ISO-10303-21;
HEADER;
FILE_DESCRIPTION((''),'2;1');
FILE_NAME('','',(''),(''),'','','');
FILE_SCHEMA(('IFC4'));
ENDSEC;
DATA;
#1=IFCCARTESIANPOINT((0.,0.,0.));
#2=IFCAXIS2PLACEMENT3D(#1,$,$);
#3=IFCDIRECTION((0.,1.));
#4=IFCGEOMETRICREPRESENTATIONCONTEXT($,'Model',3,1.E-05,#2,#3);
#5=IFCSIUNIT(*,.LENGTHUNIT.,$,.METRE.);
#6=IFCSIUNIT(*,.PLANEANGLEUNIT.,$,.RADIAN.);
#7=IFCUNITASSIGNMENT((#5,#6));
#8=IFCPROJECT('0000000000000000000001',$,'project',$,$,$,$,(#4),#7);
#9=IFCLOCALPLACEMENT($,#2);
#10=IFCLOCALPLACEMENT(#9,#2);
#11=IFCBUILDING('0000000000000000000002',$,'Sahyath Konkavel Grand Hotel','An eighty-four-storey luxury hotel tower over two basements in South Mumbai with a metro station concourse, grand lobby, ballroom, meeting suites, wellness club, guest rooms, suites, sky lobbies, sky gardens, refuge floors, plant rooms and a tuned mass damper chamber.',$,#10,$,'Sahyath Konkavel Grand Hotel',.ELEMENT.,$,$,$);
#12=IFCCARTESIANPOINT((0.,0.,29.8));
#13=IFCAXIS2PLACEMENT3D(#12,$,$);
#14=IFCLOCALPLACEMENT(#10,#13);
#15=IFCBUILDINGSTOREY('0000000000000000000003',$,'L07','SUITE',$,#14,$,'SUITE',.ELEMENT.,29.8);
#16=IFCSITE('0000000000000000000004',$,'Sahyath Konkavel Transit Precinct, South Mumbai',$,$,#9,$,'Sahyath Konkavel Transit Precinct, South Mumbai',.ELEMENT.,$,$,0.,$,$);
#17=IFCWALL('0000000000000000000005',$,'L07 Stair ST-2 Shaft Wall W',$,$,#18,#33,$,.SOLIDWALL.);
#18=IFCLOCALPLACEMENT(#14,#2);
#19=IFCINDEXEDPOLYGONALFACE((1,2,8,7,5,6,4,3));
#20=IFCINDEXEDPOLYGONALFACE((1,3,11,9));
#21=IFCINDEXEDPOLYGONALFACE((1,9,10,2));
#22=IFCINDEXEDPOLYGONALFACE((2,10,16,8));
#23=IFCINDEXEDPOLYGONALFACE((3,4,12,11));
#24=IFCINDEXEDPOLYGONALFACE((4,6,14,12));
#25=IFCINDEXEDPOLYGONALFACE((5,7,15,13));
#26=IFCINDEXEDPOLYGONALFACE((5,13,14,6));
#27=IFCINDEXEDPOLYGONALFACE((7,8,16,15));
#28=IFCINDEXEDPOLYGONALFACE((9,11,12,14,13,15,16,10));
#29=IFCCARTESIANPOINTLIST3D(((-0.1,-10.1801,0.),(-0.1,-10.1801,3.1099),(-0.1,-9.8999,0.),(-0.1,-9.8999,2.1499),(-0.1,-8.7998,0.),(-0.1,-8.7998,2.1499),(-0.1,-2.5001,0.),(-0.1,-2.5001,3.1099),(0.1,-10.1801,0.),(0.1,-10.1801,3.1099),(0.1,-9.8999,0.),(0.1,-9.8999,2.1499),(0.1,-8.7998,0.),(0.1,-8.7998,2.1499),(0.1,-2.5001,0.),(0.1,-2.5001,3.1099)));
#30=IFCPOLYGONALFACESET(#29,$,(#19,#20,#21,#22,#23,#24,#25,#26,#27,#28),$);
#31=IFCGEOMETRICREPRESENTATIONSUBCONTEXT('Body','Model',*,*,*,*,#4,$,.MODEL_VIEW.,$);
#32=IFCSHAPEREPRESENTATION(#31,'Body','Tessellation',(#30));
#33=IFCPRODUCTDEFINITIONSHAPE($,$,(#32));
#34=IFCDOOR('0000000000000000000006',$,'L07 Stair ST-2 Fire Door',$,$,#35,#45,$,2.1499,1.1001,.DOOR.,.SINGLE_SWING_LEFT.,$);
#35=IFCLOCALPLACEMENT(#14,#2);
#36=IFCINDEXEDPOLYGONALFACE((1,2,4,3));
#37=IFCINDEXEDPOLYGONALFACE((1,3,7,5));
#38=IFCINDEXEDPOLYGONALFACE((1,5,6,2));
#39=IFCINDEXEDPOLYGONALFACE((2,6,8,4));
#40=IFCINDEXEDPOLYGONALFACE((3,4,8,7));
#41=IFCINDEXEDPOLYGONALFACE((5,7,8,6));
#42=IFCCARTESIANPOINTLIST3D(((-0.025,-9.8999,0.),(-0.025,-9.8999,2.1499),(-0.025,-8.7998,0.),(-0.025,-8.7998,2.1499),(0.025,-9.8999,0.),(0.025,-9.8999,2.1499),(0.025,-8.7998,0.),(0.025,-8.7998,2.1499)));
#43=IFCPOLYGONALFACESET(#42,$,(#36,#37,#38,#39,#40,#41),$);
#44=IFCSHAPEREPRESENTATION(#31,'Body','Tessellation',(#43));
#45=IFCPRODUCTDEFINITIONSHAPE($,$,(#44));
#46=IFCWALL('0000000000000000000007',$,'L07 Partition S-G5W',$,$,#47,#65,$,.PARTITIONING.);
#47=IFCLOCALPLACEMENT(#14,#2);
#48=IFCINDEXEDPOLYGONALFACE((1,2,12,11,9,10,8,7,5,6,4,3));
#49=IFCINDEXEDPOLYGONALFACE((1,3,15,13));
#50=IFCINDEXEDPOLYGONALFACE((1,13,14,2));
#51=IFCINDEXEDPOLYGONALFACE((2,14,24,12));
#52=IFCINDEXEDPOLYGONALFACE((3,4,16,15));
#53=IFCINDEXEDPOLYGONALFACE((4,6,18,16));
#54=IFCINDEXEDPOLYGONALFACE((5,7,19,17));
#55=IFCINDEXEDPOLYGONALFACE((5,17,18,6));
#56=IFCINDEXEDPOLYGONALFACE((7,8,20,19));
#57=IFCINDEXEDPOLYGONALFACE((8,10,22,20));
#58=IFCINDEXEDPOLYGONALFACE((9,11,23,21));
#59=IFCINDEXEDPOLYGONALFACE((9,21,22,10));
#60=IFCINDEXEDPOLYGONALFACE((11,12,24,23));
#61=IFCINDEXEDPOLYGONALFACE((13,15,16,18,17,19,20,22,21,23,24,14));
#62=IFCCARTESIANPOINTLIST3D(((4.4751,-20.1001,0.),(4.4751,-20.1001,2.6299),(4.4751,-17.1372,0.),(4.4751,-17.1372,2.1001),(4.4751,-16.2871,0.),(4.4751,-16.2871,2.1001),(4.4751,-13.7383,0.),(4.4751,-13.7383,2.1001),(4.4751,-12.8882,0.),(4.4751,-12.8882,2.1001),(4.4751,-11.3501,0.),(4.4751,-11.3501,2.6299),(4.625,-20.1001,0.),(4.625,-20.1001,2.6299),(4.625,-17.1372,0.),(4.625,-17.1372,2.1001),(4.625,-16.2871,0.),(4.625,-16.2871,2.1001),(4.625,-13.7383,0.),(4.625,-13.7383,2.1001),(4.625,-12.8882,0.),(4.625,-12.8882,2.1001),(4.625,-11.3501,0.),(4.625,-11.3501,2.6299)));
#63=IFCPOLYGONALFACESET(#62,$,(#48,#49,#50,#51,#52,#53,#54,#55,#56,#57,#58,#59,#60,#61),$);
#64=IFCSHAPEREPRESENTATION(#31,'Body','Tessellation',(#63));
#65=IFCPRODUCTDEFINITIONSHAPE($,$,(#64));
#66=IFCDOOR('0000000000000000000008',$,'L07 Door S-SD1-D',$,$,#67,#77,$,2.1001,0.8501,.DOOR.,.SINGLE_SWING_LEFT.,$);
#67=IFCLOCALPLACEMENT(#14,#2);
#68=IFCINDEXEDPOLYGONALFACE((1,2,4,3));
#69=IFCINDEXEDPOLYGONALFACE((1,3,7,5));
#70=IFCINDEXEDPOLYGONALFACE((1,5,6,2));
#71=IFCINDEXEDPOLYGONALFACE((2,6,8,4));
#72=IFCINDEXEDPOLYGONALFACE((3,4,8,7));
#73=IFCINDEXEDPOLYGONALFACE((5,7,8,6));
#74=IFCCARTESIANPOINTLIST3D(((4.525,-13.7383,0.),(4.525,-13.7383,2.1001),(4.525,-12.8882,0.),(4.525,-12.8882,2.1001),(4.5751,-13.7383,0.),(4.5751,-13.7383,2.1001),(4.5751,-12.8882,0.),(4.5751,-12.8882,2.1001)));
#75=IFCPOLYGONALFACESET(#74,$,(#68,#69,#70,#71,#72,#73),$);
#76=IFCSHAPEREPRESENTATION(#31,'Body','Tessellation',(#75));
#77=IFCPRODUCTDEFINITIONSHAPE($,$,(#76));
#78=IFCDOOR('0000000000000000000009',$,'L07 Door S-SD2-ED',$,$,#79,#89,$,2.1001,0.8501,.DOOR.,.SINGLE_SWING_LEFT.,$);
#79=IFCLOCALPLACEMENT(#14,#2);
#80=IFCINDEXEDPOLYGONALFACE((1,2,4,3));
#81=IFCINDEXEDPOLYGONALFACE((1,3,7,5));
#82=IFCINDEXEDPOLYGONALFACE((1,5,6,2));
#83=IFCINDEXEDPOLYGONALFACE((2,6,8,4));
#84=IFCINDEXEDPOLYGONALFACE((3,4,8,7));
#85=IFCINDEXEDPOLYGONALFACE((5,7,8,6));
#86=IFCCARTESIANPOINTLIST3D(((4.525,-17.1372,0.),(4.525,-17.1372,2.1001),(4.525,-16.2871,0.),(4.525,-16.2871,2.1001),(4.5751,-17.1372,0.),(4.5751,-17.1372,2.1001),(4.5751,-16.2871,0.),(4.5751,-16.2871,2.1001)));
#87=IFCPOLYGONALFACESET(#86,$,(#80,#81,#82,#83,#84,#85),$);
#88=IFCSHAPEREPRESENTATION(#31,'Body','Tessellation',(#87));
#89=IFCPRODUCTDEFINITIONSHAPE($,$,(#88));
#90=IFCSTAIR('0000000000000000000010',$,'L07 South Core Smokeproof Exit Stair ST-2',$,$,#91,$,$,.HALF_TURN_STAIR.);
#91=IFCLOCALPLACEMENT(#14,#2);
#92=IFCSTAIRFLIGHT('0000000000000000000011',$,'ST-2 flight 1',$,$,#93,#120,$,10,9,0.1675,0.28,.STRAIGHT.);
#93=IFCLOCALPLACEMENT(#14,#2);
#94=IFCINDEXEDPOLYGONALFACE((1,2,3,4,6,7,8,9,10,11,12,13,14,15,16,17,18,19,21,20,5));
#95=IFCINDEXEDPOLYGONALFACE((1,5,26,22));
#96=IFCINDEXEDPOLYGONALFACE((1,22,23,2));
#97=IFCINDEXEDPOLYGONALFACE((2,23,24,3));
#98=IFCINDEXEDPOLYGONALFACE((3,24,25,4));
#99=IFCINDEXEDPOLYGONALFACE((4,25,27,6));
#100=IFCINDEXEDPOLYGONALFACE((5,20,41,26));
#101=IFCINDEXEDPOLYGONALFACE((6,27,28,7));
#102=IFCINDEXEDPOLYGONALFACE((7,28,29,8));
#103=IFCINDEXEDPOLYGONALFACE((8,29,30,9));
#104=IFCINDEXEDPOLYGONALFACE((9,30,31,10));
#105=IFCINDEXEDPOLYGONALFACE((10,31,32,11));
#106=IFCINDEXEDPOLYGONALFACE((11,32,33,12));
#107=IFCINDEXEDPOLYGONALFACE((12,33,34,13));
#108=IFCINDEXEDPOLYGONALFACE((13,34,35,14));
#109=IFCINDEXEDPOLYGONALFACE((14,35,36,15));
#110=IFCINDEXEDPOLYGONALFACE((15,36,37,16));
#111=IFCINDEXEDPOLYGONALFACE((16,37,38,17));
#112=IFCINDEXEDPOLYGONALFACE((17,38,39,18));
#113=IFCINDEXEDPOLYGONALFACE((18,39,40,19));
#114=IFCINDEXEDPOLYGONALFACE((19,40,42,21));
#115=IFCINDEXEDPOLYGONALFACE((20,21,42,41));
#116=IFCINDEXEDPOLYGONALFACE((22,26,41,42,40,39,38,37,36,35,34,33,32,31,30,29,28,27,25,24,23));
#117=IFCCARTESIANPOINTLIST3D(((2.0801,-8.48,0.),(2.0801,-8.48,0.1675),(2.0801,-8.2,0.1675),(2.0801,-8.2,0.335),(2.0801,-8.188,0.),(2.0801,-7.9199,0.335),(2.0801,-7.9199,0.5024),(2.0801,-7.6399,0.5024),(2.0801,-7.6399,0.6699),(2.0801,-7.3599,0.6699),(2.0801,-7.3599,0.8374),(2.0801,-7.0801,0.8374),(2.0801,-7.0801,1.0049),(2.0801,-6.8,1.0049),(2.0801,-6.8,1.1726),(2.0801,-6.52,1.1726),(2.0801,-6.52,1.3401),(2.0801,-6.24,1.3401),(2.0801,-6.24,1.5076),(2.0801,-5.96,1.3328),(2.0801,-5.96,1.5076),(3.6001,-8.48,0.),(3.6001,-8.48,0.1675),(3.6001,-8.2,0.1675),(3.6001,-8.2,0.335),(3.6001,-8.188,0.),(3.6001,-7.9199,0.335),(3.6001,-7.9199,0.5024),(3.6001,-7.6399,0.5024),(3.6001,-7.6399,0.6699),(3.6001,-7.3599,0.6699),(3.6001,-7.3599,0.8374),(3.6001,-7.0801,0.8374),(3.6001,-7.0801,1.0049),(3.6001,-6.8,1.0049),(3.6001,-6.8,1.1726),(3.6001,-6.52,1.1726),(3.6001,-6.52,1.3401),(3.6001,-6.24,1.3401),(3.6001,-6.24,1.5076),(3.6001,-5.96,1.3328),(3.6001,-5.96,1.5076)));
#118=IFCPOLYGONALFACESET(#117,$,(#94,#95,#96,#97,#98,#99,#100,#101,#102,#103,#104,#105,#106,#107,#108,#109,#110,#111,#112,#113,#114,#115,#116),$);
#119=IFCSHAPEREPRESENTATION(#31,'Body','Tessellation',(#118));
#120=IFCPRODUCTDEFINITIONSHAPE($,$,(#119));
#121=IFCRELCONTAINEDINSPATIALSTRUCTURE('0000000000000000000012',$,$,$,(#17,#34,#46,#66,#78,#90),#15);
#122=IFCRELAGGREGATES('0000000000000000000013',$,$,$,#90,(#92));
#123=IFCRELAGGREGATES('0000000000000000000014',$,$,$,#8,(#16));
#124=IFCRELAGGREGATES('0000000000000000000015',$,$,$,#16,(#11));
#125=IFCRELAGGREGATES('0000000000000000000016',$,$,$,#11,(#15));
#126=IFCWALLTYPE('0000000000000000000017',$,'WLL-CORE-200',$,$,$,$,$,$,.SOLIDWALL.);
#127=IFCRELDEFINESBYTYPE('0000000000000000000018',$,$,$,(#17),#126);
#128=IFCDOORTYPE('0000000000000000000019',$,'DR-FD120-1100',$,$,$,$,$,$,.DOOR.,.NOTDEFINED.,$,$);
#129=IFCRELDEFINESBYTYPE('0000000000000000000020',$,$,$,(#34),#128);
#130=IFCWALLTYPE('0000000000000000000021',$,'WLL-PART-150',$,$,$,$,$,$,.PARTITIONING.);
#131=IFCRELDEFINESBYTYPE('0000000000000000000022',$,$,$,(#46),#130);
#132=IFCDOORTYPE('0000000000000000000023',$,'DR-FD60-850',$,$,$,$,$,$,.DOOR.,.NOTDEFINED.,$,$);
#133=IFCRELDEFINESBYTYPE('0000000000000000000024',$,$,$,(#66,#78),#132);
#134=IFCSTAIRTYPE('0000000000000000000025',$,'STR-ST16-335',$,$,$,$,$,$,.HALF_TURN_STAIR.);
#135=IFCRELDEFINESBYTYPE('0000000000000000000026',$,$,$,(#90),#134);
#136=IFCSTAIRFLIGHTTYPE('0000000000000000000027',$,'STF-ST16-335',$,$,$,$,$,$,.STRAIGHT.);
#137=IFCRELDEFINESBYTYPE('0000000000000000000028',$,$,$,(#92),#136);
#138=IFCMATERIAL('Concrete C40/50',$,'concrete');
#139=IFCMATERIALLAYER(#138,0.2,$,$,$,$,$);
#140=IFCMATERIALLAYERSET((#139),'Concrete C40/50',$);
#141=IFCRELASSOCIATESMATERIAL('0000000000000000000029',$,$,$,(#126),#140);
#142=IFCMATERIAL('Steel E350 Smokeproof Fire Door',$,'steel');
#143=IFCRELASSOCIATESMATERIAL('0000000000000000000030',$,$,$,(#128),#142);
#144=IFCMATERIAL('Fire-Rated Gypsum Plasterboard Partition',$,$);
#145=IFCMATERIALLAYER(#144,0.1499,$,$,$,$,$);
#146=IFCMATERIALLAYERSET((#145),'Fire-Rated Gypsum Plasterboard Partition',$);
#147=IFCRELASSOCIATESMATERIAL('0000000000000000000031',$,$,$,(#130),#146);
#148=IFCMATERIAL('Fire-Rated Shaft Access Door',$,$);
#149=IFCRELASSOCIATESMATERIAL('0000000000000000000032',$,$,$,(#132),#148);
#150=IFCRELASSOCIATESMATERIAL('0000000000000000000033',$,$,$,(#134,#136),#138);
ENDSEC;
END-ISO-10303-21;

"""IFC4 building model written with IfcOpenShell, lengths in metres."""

from ifc_helpers import new_model, si_unit, direction, frame, frame_2d, origin, origin_2d, place, context, subcontext, project, spatial, polyline, rectangle, outline, extrude, source, transform, mapped, material, layer, layer_set, type_object, element, fill, aggregate, save


model = new_model("IFC4")

# Units and contexts
model_context = context("Model", 3, precision=1e-05, world=origin(), true_north=direction((0.0, 1.0)))
body_context = subcontext(model_context, "Body", "Model", "MODEL_VIEW")
ifc_project = project(units=[si_unit("LENGTHUNIT", "METRE"), si_unit("PLANEANGLEUNIT", "RADIAN")], contexts=[model_context])

# Site, building, storey
site_placement = place(None, origin())
site = spatial("IfcSite", under=ifc_project, at=site_placement, Name="Sahyath Konkavel Transit Precinct, South Mumbai", LongName="Sahyath Konkavel Transit Precinct, South Mumbai", CompositionType="ELEMENT", RefElevation=0.0)
building_placement = place(site_placement, origin())
building = spatial("IfcBuilding", under=site, at=building_placement, Name="Sahyath Konkavel Grand Hotel", Description="An eighty-four-storey luxury hotel tower over two basements in South Mumbai with a metro station concourse, grand lobby, ballroom, meeting suites, wellness club, guest rooms, suites, sky lobbies, sky gardens, refuge floors, plant rooms and a tuned mass damper chamber.", LongName="Sahyath Konkavel Grand Hotel", CompositionType="ELEMENT")
storey_placement = place(building_placement, frame((0.0, 0.0, 29.8)))
storey = spatial("IfcBuildingStorey", under=building, at=storey_placement, Name="L07", Description="SUITE", LongName="SUITE", CompositionType="ELEMENT", Elevation=29.8)

# Wall, opening, door
ifc_material_1 = material(Name="Concrete C40/50", Category="concrete")
ifc_layer_1 = layer(ifc_material_1, 0.2)
ifc_layer_set_1 = layer_set([ifc_layer_1], Name="Concrete C40/50")
wall_type_1 = type_object("IfcWallType", Name="WLL-CORE-200", PredefinedType="SOLIDWALL", material=ifc_layer_set_1)
wall_1_placement = place(storey_placement, frame((0.0, -10.1799, 0.0), z_axis=(0.0, 0.0, 1.0), x_axis=(0.0, 1.0, 0.0)))
wall_1 = element("IfcWall", 1, at=wall_1_placement, inside=storey, type_object=wall_type_1, Name="L07 Stair ST-2 Shaft Wall W", PredefinedType="SOLIDWALL", context=body_context, shape_type="SweptSolid", body=[
    extrude(rectangle(XDim=7.6799, YDim=0.2, at=frame_2d((3.8398, 0.0))), origin(), (0.0, 0.0, 1.0), 3.1099),
])
opening_1_placement = place(wall_1_placement, frame((0.28, 0.0, 0.0)))
opening_1 = element("IfcOpeningElement", 2, at=opening_1_placement, cuts=wall_1, PredefinedType="OPENING", context=body_context, shape_type="SweptSolid", body=[
    extrude(rectangle(XDim=1.1001, YDim=2.1499, at=frame_2d((0.55, 1.075))), frame((0.0, 0.1099, 0.0), z_axis=(0.0, -1.0, 0.0), x_axis=(1.0, 0.0, 0.0)), (0.0, 0.0, 1.0), 0.22),
])
ifc_material_2 = material(Name="Steel E350 Smokeproof Fire Door", Category="steel")
door_type_1 = type_object("IfcDoorType", Name="DR-FD120-1100", OperationType="NOTDEFINED", PredefinedType="DOOR", material=ifc_material_2)
shared_shape_1 = source(origin(), body_context, "Body", "SweptSolid", [
    extrude(rectangle(XDim=1.1001, YDim=0.05, at=origin_2d()), origin(), (0.0, 0.0, 1.0), 2.1499),
])
door_1_placement = place(opening_1_placement, frame((0.55, 0.0, 0.0)))
door_1 = element("IfcDoor", 3, at=door_1_placement, inside=storey, type_object=door_type_1, Name="L07 Stair ST-2 Fire Door", OperationType="SINGLE_SWING_LEFT", OverallHeight=2.1499, OverallWidth=1.1001, PredefinedType="DOOR", context=body_context, shape_type="MappedRepresentation", body=[
    mapped(shared_shape_1, transform((0.0, 0.0, 0.0), scale=1.0)),
])
fill(opening_1, door_1)

# Wall, openings, doors
ifc_material_3 = material(Name="Fire-Rated Gypsum Plasterboard Partition")
ifc_layer_2 = layer(ifc_material_3, 0.1499)
ifc_layer_set_2 = layer_set([ifc_layer_2], Name="Fire-Rated Gypsum Plasterboard Partition")
wall_type_2 = type_object("IfcWallType", Name="WLL-PART-150", PredefinedType="PARTITIONING", material=ifc_layer_set_2)
wall_2_placement = place(storey_placement, frame((4.55, -11.3501, 0.0), z_axis=(0.0, 0.0, 1.0), x_axis=(0.0, -1.0, 0.0)))
wall_2 = element("IfcWall", 4, at=wall_2_placement, inside=storey, type_object=wall_type_2, Name="L07 Partition S-G5W", PredefinedType="PARTITIONING", context=body_context, shape_type="SweptSolid", body=[
    extrude(rectangle(XDim=8.75, YDim=0.1499, at=frame_2d((4.375, 0.0))), origin(), (0.0, 0.0, 1.0), 2.6299),
])
opening_2_placement = place(wall_2_placement, frame((1.5381, 0.0, 0.0)))
opening_2 = element("IfcOpeningElement", 5, at=opening_2_placement, cuts=wall_2, PredefinedType="OPENING", context=body_context, shape_type="SweptSolid", body=[
    extrude(rectangle(XDim=0.8501, YDim=2.1001, at=frame_2d((0.425, 1.05))), frame((0.0, 0.085, 0.0), z_axis=(0.0, -1.0, 0.0), x_axis=(1.0, 0.0, 0.0)), (0.0, 0.0, 1.0), 0.1699),
])
opening_3_placement = place(wall_2_placement, frame((4.937, 0.0, 0.0)))
opening_3 = element("IfcOpeningElement", 6, at=opening_3_placement, cuts=wall_2, PredefinedType="OPENING", context=body_context, shape_type="SweptSolid", body=[
    extrude(rectangle(XDim=0.8501, YDim=2.1001, at=frame_2d((0.425, 1.05))), frame((0.0, 0.085, 0.0), z_axis=(0.0, -1.0, 0.0), x_axis=(1.0, 0.0, 0.0)), (0.0, 0.0, 1.0), 0.1699),
])
ifc_material_4 = material(Name="Fire-Rated Shaft Access Door")
door_type_2 = type_object("IfcDoorType", Name="DR-FD60-850", OperationType="NOTDEFINED", PredefinedType="DOOR", material=ifc_material_4)
shared_shape_2 = source(origin(), body_context, "Body", "SweptSolid", [
    extrude(rectangle(XDim=0.8501, YDim=0.05, at=origin_2d()), origin(), (0.0, 0.0, 1.0), 2.1001),
])
door_2_placement = place(opening_2_placement, frame((0.425, 0.0, 0.0)))
door_2 = element("IfcDoor", 7, at=door_2_placement, inside=storey, type_object=door_type_2, Name="L07 Door S-SD1-D", OperationType="SINGLE_SWING_LEFT", OverallHeight=2.1001, OverallWidth=0.8501, PredefinedType="DOOR", context=body_context, shape_type="MappedRepresentation", body=[
    mapped(shared_shape_2, transform((0.0, 0.0, 0.0), scale=1.0)),
])
fill(opening_2, door_2)
door_3_placement = place(opening_3_placement, frame((0.425, 0.0, 0.0)))
door_3 = element("IfcDoor", 8, at=door_3_placement, inside=storey, type_object=door_type_2, Name="L07 Door S-SD2-ED", OperationType="SINGLE_SWING_LEFT", OverallHeight=2.1001, OverallWidth=0.8501, PredefinedType="DOOR", context=body_context, shape_type="MappedRepresentation", body=[
    mapped(shared_shape_2, transform((0.0, 0.0, 0.0), scale=1.0)),
])
fill(opening_3, door_3)

# Stair, stair flight
stair_type = type_object("IfcStairType", Name="STR-ST16-335", PredefinedType="HALF_TURN_STAIR", material=ifc_material_1)
stair_placement = place(storey_placement, origin())
stair = element("IfcStair", 9, at=stair_placement, inside=storey, type_object=stair_type, Name="L07 South Core Smokeproof Exit Stair ST-2", PredefinedType="HALF_TURN_STAIR")
stair_flight_type = type_object("IfcStairFlightType", Name="STF-ST16-335", PredefinedType="STRAIGHT", material=ifc_material_1)
stair_flight_placement = place(storey_placement, frame((2.8401, -8.48, 0.0), z_axis=(0.0, 0.0, 1.0), x_axis=(0.0, 1.0, 0.0)))
stair_flight = element("IfcStairFlight", 10, at=stair_flight_placement, type_object=stair_flight_type, Name="ST-2 flight 1", NumberOfRisers=10, NumberOfTreads=9, PredefinedType="STRAIGHT", RiserHeight=0.1675, TreadLength=0.28, context=body_context, shape_type="SweptSolid", body=[
    extrude(outline(polyline([(0.0, 0.0), (0.0, 0.1675), (0.28, 0.1675), (0.28, 0.335), (0.5601, 0.335), (0.5601, 0.5024), (0.8401, 0.5024), (0.8401, 0.6699), (1.1201, 0.6699), (1.1201, 0.8374), (1.3999, 0.8374), (1.3999, 1.0049), (1.6799, 1.0049), (1.6799, 1.1726), (1.96, 1.1726), (1.96, 1.3401), (2.24, 1.3401), (2.24, 1.5076), (2.52, 1.5076), (2.52, 1.675), (2.52, 1.3328), (0.292, 0.0), (0.0, 0.0)])), frame((0.0, 0.76, 0.0), z_axis=(0.0, -1.0, 0.0), x_axis=(1.0, 0.0, 0.0)), (0.0, 0.0, 1.0), 1.52),
])
aggregate(stair, [stair_flight])

save(model, "model.ifc")
